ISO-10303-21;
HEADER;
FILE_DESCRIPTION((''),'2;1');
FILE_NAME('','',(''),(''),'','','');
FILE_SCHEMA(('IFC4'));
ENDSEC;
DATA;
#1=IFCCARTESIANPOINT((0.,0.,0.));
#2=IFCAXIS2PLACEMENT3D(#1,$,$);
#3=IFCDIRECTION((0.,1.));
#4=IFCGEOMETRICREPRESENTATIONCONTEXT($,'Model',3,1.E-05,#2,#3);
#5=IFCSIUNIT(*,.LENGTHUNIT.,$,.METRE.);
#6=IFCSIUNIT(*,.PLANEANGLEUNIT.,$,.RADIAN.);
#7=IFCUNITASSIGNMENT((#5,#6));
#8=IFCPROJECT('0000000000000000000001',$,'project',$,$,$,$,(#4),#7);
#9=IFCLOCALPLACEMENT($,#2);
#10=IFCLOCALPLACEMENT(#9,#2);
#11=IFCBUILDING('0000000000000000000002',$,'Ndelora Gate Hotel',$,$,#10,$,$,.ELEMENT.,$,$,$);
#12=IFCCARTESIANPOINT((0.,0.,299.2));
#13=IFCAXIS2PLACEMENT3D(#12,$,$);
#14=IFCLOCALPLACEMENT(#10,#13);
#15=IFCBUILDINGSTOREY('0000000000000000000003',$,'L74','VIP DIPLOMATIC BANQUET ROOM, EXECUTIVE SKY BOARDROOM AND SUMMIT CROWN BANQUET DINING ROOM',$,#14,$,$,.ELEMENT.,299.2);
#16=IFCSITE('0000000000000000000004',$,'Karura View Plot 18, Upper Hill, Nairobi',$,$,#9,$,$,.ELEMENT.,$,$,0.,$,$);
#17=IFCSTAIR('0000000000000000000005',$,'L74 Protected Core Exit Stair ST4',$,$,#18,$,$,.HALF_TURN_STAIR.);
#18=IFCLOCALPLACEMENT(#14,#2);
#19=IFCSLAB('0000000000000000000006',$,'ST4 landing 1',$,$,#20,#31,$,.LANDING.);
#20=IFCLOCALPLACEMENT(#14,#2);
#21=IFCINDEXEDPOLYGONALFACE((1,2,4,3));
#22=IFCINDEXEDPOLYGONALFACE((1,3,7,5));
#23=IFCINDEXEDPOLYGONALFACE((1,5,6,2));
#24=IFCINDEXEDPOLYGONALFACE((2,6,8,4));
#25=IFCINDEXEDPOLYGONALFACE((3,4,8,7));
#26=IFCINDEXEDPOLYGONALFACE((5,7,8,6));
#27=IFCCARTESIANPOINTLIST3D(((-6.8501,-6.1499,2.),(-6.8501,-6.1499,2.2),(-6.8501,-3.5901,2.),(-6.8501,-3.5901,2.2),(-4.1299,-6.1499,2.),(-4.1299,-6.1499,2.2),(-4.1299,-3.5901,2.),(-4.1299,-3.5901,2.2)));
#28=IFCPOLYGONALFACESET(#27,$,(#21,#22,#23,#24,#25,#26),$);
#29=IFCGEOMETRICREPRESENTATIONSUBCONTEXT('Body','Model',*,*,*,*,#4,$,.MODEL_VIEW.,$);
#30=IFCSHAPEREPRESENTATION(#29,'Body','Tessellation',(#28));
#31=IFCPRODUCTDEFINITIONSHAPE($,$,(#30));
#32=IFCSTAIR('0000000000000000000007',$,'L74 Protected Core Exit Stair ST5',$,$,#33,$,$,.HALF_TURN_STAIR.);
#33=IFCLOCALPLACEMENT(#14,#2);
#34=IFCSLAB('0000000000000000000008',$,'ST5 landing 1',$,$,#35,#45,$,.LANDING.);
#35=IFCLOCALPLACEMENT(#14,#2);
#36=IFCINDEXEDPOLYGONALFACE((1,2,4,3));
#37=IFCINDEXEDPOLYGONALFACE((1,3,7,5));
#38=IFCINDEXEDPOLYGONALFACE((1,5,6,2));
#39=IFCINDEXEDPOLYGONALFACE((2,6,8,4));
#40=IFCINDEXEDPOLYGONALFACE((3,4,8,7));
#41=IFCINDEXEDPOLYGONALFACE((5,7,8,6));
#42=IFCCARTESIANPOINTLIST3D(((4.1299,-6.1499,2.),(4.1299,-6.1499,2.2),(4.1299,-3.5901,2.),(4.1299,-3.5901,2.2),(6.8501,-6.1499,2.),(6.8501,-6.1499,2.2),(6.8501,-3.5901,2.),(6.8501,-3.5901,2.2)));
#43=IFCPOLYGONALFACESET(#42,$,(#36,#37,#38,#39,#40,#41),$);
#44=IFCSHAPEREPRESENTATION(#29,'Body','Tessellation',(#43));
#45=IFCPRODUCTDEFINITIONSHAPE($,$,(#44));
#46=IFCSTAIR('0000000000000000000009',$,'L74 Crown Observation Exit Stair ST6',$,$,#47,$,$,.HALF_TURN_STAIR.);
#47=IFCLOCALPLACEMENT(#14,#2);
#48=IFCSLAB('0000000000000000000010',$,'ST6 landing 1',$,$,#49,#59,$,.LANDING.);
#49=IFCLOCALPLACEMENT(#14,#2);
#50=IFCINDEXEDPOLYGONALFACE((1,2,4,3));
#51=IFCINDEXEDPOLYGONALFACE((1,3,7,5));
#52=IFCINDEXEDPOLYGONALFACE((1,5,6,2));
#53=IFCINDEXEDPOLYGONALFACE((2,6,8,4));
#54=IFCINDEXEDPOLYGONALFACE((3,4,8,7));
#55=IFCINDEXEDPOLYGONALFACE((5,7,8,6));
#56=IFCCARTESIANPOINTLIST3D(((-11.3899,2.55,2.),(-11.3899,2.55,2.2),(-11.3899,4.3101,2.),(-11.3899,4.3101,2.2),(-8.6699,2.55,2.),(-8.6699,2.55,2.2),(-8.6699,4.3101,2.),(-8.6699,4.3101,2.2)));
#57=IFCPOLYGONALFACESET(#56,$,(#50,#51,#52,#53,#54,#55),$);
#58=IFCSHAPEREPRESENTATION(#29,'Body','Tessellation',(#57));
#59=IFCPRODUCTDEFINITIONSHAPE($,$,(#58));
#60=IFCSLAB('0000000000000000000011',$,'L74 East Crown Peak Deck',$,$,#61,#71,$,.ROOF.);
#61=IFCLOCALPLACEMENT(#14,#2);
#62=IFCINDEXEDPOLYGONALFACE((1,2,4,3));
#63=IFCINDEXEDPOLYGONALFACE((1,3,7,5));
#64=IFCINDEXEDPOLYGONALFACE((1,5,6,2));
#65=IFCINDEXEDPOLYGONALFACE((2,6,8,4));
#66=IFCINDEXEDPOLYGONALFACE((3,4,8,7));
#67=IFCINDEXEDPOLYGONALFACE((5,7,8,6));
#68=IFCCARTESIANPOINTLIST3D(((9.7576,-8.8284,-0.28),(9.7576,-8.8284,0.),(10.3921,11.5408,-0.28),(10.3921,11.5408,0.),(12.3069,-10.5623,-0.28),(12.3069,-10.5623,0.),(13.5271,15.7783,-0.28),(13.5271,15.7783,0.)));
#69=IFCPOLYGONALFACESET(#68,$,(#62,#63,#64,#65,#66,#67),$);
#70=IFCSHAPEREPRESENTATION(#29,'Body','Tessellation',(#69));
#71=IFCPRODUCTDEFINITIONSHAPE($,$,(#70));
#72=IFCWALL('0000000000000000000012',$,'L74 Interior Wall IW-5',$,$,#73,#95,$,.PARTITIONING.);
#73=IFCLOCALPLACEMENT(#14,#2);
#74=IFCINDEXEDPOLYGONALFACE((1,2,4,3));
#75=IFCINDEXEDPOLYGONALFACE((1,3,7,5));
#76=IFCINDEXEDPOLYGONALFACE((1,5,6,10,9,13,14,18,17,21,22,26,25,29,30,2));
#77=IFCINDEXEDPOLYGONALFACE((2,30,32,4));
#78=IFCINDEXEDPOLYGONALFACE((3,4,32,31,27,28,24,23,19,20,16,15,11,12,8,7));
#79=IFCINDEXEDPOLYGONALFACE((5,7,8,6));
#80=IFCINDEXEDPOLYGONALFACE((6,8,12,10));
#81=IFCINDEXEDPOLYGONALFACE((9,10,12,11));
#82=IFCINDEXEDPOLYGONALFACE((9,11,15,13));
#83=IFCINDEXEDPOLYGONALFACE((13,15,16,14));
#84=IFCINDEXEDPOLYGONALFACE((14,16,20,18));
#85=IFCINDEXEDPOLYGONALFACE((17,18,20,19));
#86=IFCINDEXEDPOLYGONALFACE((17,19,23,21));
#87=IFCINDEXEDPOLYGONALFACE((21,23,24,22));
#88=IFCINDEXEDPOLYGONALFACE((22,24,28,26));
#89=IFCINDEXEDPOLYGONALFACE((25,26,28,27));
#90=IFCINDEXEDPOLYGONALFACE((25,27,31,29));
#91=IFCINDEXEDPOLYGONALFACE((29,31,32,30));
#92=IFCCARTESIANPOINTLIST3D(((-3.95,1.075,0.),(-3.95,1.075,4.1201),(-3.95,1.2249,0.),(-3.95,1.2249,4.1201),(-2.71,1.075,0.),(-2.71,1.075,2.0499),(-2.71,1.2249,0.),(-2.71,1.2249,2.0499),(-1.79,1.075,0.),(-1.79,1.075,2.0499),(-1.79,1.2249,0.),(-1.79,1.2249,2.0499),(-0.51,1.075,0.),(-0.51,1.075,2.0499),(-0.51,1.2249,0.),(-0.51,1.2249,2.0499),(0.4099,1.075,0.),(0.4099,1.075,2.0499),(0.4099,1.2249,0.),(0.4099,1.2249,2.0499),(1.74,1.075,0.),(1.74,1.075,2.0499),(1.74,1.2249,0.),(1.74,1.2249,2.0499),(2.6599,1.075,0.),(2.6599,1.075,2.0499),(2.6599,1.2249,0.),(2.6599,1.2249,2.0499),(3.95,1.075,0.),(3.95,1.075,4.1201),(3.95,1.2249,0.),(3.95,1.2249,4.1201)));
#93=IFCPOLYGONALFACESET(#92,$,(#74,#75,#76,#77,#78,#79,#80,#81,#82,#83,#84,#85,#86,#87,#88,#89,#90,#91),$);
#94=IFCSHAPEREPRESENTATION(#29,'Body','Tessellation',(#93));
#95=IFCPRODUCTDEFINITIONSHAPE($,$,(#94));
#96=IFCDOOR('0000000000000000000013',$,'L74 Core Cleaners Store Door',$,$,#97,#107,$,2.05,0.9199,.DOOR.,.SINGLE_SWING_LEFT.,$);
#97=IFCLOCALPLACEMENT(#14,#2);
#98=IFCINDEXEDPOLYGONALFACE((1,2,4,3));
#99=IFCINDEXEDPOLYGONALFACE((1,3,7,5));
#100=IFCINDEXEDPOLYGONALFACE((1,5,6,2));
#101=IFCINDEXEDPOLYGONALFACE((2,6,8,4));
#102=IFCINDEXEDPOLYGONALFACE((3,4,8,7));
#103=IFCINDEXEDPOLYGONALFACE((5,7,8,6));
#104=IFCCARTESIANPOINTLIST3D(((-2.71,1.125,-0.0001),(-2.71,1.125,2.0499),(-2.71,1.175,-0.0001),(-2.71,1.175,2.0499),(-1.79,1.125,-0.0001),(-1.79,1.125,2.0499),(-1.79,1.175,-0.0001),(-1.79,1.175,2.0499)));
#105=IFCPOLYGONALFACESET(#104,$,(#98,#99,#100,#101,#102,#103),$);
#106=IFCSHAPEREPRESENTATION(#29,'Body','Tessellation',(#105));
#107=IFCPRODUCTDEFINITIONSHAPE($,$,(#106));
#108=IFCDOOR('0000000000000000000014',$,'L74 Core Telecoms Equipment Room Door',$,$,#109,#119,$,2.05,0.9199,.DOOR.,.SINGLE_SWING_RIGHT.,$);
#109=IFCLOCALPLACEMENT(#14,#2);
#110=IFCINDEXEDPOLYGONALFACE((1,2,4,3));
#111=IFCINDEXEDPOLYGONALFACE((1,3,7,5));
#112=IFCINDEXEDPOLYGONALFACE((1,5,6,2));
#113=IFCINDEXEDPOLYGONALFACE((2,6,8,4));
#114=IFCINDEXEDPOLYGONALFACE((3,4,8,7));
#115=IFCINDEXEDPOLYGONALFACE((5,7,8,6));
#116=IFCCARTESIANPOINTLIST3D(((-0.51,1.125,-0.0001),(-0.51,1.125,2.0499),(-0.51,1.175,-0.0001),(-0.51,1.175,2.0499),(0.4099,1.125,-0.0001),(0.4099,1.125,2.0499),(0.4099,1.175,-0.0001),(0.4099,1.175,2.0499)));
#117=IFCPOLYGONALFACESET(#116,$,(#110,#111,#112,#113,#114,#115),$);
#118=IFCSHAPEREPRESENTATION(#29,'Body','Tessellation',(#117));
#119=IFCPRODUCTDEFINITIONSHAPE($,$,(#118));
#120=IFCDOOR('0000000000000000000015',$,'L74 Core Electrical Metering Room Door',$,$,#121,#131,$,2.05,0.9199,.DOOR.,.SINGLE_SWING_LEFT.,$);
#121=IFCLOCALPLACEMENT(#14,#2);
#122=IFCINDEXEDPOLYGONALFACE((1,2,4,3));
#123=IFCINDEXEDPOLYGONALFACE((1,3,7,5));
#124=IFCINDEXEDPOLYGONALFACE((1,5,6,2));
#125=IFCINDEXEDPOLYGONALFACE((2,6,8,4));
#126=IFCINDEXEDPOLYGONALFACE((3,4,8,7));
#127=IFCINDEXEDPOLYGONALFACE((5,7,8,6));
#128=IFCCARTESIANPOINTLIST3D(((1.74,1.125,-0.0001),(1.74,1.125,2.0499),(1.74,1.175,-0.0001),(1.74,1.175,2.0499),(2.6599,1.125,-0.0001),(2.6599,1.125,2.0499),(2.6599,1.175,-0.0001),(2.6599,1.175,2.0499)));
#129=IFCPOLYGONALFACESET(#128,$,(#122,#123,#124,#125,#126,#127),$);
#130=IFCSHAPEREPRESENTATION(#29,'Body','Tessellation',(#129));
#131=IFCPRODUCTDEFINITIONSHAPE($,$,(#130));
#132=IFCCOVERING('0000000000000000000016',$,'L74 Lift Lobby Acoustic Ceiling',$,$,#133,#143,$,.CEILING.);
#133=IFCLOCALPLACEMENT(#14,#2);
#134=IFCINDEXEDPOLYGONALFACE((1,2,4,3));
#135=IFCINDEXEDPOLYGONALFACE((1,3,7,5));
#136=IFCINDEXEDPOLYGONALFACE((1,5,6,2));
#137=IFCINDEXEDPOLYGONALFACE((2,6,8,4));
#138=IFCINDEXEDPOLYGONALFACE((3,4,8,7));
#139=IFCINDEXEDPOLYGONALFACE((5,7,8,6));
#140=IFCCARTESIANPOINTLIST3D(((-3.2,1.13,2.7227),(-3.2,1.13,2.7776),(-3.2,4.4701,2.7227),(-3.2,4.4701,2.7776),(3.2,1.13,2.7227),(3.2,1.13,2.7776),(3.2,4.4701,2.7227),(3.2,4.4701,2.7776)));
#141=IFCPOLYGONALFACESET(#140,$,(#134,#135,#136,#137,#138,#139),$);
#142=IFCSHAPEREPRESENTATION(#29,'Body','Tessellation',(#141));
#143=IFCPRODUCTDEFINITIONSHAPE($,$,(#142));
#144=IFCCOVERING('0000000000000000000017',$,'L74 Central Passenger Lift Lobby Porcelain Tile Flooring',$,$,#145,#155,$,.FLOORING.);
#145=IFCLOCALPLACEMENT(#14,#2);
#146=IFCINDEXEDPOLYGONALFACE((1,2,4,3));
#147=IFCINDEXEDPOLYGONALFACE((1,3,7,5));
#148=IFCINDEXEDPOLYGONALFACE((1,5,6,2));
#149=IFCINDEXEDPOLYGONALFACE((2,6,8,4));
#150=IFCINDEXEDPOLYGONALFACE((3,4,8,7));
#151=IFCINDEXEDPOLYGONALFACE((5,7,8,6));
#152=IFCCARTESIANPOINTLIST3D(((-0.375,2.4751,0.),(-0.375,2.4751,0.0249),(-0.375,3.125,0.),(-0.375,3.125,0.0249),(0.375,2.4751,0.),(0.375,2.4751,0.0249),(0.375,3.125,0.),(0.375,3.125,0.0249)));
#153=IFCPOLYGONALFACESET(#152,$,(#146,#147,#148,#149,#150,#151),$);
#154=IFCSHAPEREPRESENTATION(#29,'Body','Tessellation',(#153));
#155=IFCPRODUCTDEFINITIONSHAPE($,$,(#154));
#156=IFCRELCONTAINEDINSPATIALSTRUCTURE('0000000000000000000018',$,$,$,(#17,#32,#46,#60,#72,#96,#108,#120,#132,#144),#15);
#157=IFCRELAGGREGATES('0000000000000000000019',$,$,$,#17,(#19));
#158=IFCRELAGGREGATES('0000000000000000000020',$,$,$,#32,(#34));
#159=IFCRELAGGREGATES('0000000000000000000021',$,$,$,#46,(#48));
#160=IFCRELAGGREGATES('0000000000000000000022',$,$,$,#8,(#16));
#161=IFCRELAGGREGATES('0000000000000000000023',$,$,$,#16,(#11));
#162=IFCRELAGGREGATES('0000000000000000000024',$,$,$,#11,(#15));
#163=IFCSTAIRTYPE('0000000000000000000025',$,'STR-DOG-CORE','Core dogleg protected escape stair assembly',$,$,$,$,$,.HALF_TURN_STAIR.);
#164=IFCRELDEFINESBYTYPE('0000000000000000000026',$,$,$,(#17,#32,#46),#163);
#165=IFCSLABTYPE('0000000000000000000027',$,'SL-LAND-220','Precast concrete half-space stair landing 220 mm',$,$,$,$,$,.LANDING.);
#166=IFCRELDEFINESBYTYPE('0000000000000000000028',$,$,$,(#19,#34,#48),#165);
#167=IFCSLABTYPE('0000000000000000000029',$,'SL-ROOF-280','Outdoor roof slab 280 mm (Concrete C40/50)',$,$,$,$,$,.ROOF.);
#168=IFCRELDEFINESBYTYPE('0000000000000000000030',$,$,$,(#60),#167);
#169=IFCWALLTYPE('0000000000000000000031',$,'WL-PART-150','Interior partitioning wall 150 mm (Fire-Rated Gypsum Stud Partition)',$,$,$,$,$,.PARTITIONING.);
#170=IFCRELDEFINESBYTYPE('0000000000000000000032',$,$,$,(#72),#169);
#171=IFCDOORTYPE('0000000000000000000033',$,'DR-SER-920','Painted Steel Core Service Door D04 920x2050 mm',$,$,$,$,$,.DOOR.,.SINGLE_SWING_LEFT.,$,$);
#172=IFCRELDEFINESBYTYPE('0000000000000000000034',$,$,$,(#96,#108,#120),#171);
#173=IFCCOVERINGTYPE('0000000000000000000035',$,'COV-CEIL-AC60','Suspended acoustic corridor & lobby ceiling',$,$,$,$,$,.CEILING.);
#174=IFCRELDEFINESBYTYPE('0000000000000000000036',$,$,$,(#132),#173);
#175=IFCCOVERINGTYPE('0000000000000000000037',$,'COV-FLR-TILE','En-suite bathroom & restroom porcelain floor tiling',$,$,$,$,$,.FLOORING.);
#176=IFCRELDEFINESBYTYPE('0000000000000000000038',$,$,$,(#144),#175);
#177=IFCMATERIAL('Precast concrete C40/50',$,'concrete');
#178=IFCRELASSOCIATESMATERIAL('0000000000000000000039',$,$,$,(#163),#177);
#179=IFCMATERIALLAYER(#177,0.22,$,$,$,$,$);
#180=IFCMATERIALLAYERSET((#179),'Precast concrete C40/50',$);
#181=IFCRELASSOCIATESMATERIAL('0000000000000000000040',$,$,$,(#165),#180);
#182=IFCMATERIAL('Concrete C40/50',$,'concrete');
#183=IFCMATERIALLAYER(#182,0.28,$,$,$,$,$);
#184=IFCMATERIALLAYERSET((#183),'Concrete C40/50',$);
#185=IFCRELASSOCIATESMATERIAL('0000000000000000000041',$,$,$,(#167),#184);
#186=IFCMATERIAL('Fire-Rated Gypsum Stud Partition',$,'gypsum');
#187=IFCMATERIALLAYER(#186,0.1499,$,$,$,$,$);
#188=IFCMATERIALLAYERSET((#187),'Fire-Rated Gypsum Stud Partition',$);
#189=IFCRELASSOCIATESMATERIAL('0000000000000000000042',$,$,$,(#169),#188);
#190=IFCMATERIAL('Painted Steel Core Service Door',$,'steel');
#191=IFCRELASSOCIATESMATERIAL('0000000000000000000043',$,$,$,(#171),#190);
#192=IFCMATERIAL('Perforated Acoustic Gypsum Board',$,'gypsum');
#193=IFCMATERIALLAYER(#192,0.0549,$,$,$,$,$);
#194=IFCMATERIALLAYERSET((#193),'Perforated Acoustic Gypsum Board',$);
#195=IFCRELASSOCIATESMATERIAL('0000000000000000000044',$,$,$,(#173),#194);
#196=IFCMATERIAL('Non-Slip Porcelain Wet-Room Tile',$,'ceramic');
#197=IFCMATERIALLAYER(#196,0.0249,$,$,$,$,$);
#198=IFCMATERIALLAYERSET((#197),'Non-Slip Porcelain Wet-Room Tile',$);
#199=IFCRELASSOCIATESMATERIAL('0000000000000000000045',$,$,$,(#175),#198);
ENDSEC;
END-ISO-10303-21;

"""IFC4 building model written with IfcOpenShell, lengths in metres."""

from ifc_helpers import new_model, si_unit, direction, frame, frame_2d, origin, origin_2d, place, context, subcontext, project, spatial, polyline, rectangle, outline, extrude, material, layer, layer_set, type_object, element, fill, aggregate, save


model = new_model("IFC4")

# Units and contexts
model_context = context("Model", 3, precision=1e-05, world=origin(), true_north=direction((0.0, 1.0)))
body_context = subcontext(model_context, "Body", "Model", "MODEL_VIEW")
ifc_project = project(units=[si_unit("LENGTHUNIT", "METRE"), si_unit("PLANEANGLEUNIT", "RADIAN")], contexts=[model_context])

# Site, building, storey
site_placement = place(None, origin())
site = spatial("IfcSite", under=ifc_project, at=site_placement, Name="Karura View Plot 18, Upper Hill, Nairobi", CompositionType="ELEMENT", RefElevation=0.0)
building_placement = place(site_placement, origin())
building = spatial("IfcBuilding", under=site, at=building_placement, Name="Ndelora Gate Hotel", CompositionType="ELEMENT")
storey_placement = place(building_placement, frame((0.0, 0.0, 299.2)))
storey = spatial("IfcBuildingStorey", under=building, at=storey_placement, Name="L74", Description="VIP DIPLOMATIC BANQUET ROOM, EXECUTIVE SKY BOARDROOM AND SUMMIT CROWN BANQUET DINING ROOM", CompositionType="ELEMENT", Elevation=299.2)

# Stairs, slabs
ifc_material_1 = material(Name="Precast concrete C40/50", Category="concrete")
stair_type = type_object("IfcStairType", Name="STR-DOG-CORE", Description="Core dogleg protected escape stair assembly", PredefinedType="HALF_TURN_STAIR", material=ifc_material_1)
stair_1_placement = place(storey_placement, origin())
stair_1 = element("IfcStair", 1, at=stair_1_placement, inside=storey, type_object=stair_type, Name="L74 Protected Core Exit Stair ST4", PredefinedType="HALF_TURN_STAIR")
ifc_layer_1 = layer(ifc_material_1, 0.22)
ifc_layer_set_1 = layer_set([ifc_layer_1], Name="Precast concrete C40/50")
slab_type_1 = type_object("IfcSlabType", Name="SL-LAND-220", Description="Precast concrete half-space stair landing 220 mm", PredefinedType="LANDING", material=ifc_layer_set_1)
slab_1_placement = place(storey_placement, frame((0.0, 0.0, 2.0)))
slab_1 = element("IfcSlab", 2, at=slab_1_placement, type_object=slab_type_1, Name="ST4 landing 1", PredefinedType="LANDING", context=body_context, shape_type="SweptSolid", body=[
    extrude(outline(polyline([(-6.8501, -3.5901), (-6.8501, -6.1499), (-4.1299, -6.1499), (-4.1299, -3.5901), (-6.8501, -3.5901)])), origin(), (0.0, 0.0, 1.0), 0.2),
])
aggregate(stair_1, [slab_1])
stair_2_placement = place(storey_placement, origin())
stair_2 = element("IfcStair", 3, at=stair_2_placement, inside=storey, type_object=stair_type, Name="L74 Protected Core Exit Stair ST5", PredefinedType="HALF_TURN_STAIR")
slab_2_placement = place(storey_placement, frame((0.0, 0.0, 2.0)))
slab_2 = element("IfcSlab", 4, at=slab_2_placement, type_object=slab_type_1, Name="ST5 landing 1", PredefinedType="LANDING", context=body_context, shape_type="SweptSolid", body=[
    extrude(outline(polyline([(4.1299, -3.5901), (4.1299, -6.1499), (6.8501, -6.1499), (6.8501, -3.5901), (4.1299, -3.5901)])), origin(), (0.0, 0.0, 1.0), 0.2),
])
aggregate(stair_2, [slab_2])
stair_3_placement = place(storey_placement, origin())
stair_3 = element("IfcStair", 5, at=stair_3_placement, inside=storey, type_object=stair_type, Name="L74 Crown Observation Exit Stair ST6", PredefinedType="HALF_TURN_STAIR")
slab_3_placement = place(storey_placement, frame((0.0, 0.0, 2.0)))
slab_3 = element("IfcSlab", 6, at=slab_3_placement, type_object=slab_type_1, Name="ST6 landing 1", PredefinedType="LANDING", context=body_context, shape_type="SweptSolid", body=[
    extrude(outline(polyline([(-11.3899, 4.3101), (-11.3899, 2.55), (-8.6699, 2.55), (-8.6699, 4.3101), (-11.3899, 4.3101)])), origin(), (0.0, 0.0, 1.0), 0.2),
])
aggregate(stair_3, [slab_3])

# Slab
ifc_material_2 = material(Name="Concrete C40/50", Category="concrete")
ifc_layer_2 = layer(ifc_material_2, 0.28)
ifc_layer_set_2 = layer_set([ifc_layer_2], Name="Concrete C40/50")
slab_type_2 = type_object("IfcSlabType", Name="SL-ROOF-280", Description="Outdoor roof slab 280 mm (Concrete C40/50)", PredefinedType="ROOF", material=ifc_layer_set_2)
slab_4_placement = place(storey_placement, frame((0.0, 0.0, -0.28)))
element("IfcSlab", 7, at=slab_4_placement, inside=storey, type_object=slab_type_2, Name="L74 East Crown Peak Deck", PredefinedType="ROOF", context=body_context, shape_type="SweptSolid", body=[
    extrude(outline(polyline([(9.7576, -8.8284), (12.3069, -10.5623), (13.5271, 15.7783), (10.3921, 11.5408), (9.7576, -8.8284)])), origin(), (0.0, 0.0, 1.0), 0.28),
])

# Wall, openings, doors
ifc_material_3 = material(Name="Fire-Rated Gypsum Stud Partition", Category="gypsum")
ifc_layer_3 = layer(ifc_material_3, 0.1499)
ifc_layer_set_3 = layer_set([ifc_layer_3], Name="Fire-Rated Gypsum Stud Partition")
wall_type_1 = type_object("IfcWallType", Name="WL-PART-150", Description="Interior partitioning wall 150 mm (Fire-Rated Gypsum Stud Partition)", PredefinedType="PARTITIONING", material=ifc_layer_set_3)
wall_1_placement = place(storey_placement, frame((3.95, 1.1499, 0.0), z_axis=(0.0, 0.0, 1.0), x_axis=(-1.0, 0.0, 0.0)))
wall_1 = element("IfcWall", 8, at=wall_1_placement, inside=storey, type_object=wall_type_1, Name="L74 Interior Wall IW-5", PredefinedType="PARTITIONING", context=body_context, shape_type="SweptSolid", body=[
    extrude(rectangle(XDim=7.8999, YDim=0.1499, at=frame_2d((3.95, 0.0))), origin(), (0.0, 0.0, 1.0), 4.1201),
])
opening_1_placement = place(wall_1_placement, frame((5.74, 0.0, 0.0)))
opening_1 = element("IfcOpeningElement", 9, at=opening_1_placement, cuts=wall_1, PredefinedType="OPENING", context=body_context, shape_type="SweptSolid", body=[
    extrude(rectangle(XDim=0.9199, YDim=2.05, at=frame_2d((0.46, 1.0249))), frame((0.0, 0.085, 0.0), z_axis=(0.0, -1.0, 0.0), x_axis=(1.0, 0.0, 0.0)), (0.0, 0.0, 1.0), 0.1699),
])
opening_2_placement = place(wall_1_placement, frame((3.54, 0.0, 0.0)))
opening_2 = element("IfcOpeningElement", 10, at=opening_2_placement, cuts=wall_1, PredefinedType="OPENING", context=body_context, shape_type="SweptSolid", body=[
    extrude(rectangle(XDim=0.9199, YDim=2.05, at=frame_2d((0.46, 1.0249))), frame((0.0, 0.085, 0.0), z_axis=(0.0, -1.0, 0.0), x_axis=(1.0, 0.0, 0.0)), (0.0, 0.0, 1.0), 0.1699),
])
opening_3_placement = place(wall_1_placement, frame((1.29, 0.0, 0.0)))
opening_3 = element("IfcOpeningElement", 11, at=opening_3_placement, cuts=wall_1, PredefinedType="OPENING", context=body_context, shape_type="SweptSolid", body=[
    extrude(rectangle(XDim=0.9199, YDim=2.05, at=frame_2d((0.46, 1.0249))), frame((0.0, 0.085, 0.0), z_axis=(0.0, -1.0, 0.0), x_axis=(1.0, 0.0, 0.0)), (0.0, 0.0, 1.0), 0.1699),
])
ifc_material_4 = material(Name="Painted Steel Core Service Door", Category="steel")
door_type_1 = type_object("IfcDoorType", Name="DR-SER-920", Description="Painted Steel Core Service Door D04 920x2050 mm", OperationType="SINGLE_SWING_LEFT", PredefinedType="DOOR", material=ifc_material_4)
door_1_placement = place(opening_1_placement, origin())
door_1 = element("IfcDoor", 12, at=door_1_placement, inside=storey, type_object=door_type_1, Name="L74 Core Cleaners Store Door", OperationType="SINGLE_SWING_LEFT", OverallHeight=2.05, OverallWidth=0.9199, PredefinedType="DOOR", context=body_context, shape_type="SweptSolid", body=[
    extrude(rectangle(XDim=0.9199, YDim=2.05, at=frame_2d((0.46, 1.0249))), frame((0.0, 0.0249, 0.0), z_axis=(0.0, -1.0, 0.0), x_axis=(1.0, 0.0, 0.0)), (0.0, 0.0, 1.0), 0.05),
])
fill(opening_1, door_1)
door_2_placement = place(opening_2_placement, origin())
door_2 = element("IfcDoor", 13, at=door_2_placement, inside=storey, type_object=door_type_1, Name="L74 Core Telecoms Equipment Room Door", OperationType="SINGLE_SWING_RIGHT", OverallHeight=2.05, OverallWidth=0.9199, PredefinedType="DOOR", context=body_context, shape_type="SweptSolid", body=[
    extrude(rectangle(XDim=0.9199, YDim=2.05, at=frame_2d((0.46, 1.0249))), frame((0.0, 0.0249, 0.0), z_axis=(0.0, -1.0, 0.0), x_axis=(1.0, 0.0, 0.0)), (0.0, 0.0, 1.0), 0.05),
])
fill(opening_2, door_2)
door_3_placement = place(opening_3_placement, origin())
door_3 = element("IfcDoor", 14, at=door_3_placement, inside=storey, type_object=door_type_1, Name="L74 Core Electrical Metering Room Door", OperationType="SINGLE_SWING_LEFT", OverallHeight=2.05, OverallWidth=0.9199, PredefinedType="DOOR", context=body_context, shape_type="SweptSolid", body=[
    extrude(rectangle(XDim=0.9199, YDim=2.05, at=frame_2d((0.46, 1.0249))), frame((0.0, 0.0249, 0.0), z_axis=(0.0, -1.0, 0.0), x_axis=(1.0, 0.0, 0.0)), (0.0, 0.0, 1.0), 0.05),
])
fill(opening_3, door_3)

# Coverings
ifc_material_5 = material(Name="Perforated Acoustic Gypsum Board", Category="gypsum")
ifc_layer_4 = layer(ifc_material_5, 0.0549)
ifc_layer_set_4 = layer_set([ifc_layer_4], Name="Perforated Acoustic Gypsum Board")
covering_type_1 = type_object("IfcCoveringType", Name="COV-CEIL-AC60", Description="Suspended acoustic corridor & lobby ceiling", PredefinedType="CEILING", material=ifc_layer_set_4)
covering_1_placement = place(storey_placement, frame((0.0, 2.8, 2.7227), z_axis=(0.0, 0.0, 1.0), x_axis=(1.0, 0.0, 0.0)))
element("IfcCovering", 15, at=covering_1_placement, inside=storey, type_object=covering_type_1, Name="L74 Lift Lobby Acoustic Ceiling", PredefinedType="CEILING", context=body_context, shape_type="SweptSolid", body=[
    extrude(rectangle(XDim=6.3999, YDim=3.3401, at=origin_2d()), origin(), (0.0, 0.0, 1.0), 0.0549),
])
ifc_material_6 = material(Name="Non-Slip Porcelain Wet-Room Tile", Category="ceramic")
ifc_layer_5 = layer(ifc_material_6, 0.0249)
ifc_layer_set_5 = layer_set([ifc_layer_5], Name="Non-Slip Porcelain Wet-Room Tile")
covering_type_2 = type_object("IfcCoveringType", Name="COV-FLR-TILE", Description="En-suite bathroom & restroom porcelain floor tiling", PredefinedType="FLOORING", material=ifc_layer_set_5)
covering_2_placement = place(storey_placement, frame((0.0, 2.8, 0.0), z_axis=(0.0, 0.0, 1.0), x_axis=(1.0, 0.0, 0.0)))
element("IfcCovering", 16, at=covering_2_placement, inside=storey, type_object=covering_type_2, Name="L74 Central Passenger Lift Lobby Porcelain Tile Flooring", PredefinedType="FLOORING", context=body_context, shape_type="SweptSolid", body=[
    extrude(rectangle(XDim=0.75, YDim=0.6499, at=origin_2d()), origin(), (0.0, 0.0, 1.0), 0.0249),
])

save(model, "model.ifc")
